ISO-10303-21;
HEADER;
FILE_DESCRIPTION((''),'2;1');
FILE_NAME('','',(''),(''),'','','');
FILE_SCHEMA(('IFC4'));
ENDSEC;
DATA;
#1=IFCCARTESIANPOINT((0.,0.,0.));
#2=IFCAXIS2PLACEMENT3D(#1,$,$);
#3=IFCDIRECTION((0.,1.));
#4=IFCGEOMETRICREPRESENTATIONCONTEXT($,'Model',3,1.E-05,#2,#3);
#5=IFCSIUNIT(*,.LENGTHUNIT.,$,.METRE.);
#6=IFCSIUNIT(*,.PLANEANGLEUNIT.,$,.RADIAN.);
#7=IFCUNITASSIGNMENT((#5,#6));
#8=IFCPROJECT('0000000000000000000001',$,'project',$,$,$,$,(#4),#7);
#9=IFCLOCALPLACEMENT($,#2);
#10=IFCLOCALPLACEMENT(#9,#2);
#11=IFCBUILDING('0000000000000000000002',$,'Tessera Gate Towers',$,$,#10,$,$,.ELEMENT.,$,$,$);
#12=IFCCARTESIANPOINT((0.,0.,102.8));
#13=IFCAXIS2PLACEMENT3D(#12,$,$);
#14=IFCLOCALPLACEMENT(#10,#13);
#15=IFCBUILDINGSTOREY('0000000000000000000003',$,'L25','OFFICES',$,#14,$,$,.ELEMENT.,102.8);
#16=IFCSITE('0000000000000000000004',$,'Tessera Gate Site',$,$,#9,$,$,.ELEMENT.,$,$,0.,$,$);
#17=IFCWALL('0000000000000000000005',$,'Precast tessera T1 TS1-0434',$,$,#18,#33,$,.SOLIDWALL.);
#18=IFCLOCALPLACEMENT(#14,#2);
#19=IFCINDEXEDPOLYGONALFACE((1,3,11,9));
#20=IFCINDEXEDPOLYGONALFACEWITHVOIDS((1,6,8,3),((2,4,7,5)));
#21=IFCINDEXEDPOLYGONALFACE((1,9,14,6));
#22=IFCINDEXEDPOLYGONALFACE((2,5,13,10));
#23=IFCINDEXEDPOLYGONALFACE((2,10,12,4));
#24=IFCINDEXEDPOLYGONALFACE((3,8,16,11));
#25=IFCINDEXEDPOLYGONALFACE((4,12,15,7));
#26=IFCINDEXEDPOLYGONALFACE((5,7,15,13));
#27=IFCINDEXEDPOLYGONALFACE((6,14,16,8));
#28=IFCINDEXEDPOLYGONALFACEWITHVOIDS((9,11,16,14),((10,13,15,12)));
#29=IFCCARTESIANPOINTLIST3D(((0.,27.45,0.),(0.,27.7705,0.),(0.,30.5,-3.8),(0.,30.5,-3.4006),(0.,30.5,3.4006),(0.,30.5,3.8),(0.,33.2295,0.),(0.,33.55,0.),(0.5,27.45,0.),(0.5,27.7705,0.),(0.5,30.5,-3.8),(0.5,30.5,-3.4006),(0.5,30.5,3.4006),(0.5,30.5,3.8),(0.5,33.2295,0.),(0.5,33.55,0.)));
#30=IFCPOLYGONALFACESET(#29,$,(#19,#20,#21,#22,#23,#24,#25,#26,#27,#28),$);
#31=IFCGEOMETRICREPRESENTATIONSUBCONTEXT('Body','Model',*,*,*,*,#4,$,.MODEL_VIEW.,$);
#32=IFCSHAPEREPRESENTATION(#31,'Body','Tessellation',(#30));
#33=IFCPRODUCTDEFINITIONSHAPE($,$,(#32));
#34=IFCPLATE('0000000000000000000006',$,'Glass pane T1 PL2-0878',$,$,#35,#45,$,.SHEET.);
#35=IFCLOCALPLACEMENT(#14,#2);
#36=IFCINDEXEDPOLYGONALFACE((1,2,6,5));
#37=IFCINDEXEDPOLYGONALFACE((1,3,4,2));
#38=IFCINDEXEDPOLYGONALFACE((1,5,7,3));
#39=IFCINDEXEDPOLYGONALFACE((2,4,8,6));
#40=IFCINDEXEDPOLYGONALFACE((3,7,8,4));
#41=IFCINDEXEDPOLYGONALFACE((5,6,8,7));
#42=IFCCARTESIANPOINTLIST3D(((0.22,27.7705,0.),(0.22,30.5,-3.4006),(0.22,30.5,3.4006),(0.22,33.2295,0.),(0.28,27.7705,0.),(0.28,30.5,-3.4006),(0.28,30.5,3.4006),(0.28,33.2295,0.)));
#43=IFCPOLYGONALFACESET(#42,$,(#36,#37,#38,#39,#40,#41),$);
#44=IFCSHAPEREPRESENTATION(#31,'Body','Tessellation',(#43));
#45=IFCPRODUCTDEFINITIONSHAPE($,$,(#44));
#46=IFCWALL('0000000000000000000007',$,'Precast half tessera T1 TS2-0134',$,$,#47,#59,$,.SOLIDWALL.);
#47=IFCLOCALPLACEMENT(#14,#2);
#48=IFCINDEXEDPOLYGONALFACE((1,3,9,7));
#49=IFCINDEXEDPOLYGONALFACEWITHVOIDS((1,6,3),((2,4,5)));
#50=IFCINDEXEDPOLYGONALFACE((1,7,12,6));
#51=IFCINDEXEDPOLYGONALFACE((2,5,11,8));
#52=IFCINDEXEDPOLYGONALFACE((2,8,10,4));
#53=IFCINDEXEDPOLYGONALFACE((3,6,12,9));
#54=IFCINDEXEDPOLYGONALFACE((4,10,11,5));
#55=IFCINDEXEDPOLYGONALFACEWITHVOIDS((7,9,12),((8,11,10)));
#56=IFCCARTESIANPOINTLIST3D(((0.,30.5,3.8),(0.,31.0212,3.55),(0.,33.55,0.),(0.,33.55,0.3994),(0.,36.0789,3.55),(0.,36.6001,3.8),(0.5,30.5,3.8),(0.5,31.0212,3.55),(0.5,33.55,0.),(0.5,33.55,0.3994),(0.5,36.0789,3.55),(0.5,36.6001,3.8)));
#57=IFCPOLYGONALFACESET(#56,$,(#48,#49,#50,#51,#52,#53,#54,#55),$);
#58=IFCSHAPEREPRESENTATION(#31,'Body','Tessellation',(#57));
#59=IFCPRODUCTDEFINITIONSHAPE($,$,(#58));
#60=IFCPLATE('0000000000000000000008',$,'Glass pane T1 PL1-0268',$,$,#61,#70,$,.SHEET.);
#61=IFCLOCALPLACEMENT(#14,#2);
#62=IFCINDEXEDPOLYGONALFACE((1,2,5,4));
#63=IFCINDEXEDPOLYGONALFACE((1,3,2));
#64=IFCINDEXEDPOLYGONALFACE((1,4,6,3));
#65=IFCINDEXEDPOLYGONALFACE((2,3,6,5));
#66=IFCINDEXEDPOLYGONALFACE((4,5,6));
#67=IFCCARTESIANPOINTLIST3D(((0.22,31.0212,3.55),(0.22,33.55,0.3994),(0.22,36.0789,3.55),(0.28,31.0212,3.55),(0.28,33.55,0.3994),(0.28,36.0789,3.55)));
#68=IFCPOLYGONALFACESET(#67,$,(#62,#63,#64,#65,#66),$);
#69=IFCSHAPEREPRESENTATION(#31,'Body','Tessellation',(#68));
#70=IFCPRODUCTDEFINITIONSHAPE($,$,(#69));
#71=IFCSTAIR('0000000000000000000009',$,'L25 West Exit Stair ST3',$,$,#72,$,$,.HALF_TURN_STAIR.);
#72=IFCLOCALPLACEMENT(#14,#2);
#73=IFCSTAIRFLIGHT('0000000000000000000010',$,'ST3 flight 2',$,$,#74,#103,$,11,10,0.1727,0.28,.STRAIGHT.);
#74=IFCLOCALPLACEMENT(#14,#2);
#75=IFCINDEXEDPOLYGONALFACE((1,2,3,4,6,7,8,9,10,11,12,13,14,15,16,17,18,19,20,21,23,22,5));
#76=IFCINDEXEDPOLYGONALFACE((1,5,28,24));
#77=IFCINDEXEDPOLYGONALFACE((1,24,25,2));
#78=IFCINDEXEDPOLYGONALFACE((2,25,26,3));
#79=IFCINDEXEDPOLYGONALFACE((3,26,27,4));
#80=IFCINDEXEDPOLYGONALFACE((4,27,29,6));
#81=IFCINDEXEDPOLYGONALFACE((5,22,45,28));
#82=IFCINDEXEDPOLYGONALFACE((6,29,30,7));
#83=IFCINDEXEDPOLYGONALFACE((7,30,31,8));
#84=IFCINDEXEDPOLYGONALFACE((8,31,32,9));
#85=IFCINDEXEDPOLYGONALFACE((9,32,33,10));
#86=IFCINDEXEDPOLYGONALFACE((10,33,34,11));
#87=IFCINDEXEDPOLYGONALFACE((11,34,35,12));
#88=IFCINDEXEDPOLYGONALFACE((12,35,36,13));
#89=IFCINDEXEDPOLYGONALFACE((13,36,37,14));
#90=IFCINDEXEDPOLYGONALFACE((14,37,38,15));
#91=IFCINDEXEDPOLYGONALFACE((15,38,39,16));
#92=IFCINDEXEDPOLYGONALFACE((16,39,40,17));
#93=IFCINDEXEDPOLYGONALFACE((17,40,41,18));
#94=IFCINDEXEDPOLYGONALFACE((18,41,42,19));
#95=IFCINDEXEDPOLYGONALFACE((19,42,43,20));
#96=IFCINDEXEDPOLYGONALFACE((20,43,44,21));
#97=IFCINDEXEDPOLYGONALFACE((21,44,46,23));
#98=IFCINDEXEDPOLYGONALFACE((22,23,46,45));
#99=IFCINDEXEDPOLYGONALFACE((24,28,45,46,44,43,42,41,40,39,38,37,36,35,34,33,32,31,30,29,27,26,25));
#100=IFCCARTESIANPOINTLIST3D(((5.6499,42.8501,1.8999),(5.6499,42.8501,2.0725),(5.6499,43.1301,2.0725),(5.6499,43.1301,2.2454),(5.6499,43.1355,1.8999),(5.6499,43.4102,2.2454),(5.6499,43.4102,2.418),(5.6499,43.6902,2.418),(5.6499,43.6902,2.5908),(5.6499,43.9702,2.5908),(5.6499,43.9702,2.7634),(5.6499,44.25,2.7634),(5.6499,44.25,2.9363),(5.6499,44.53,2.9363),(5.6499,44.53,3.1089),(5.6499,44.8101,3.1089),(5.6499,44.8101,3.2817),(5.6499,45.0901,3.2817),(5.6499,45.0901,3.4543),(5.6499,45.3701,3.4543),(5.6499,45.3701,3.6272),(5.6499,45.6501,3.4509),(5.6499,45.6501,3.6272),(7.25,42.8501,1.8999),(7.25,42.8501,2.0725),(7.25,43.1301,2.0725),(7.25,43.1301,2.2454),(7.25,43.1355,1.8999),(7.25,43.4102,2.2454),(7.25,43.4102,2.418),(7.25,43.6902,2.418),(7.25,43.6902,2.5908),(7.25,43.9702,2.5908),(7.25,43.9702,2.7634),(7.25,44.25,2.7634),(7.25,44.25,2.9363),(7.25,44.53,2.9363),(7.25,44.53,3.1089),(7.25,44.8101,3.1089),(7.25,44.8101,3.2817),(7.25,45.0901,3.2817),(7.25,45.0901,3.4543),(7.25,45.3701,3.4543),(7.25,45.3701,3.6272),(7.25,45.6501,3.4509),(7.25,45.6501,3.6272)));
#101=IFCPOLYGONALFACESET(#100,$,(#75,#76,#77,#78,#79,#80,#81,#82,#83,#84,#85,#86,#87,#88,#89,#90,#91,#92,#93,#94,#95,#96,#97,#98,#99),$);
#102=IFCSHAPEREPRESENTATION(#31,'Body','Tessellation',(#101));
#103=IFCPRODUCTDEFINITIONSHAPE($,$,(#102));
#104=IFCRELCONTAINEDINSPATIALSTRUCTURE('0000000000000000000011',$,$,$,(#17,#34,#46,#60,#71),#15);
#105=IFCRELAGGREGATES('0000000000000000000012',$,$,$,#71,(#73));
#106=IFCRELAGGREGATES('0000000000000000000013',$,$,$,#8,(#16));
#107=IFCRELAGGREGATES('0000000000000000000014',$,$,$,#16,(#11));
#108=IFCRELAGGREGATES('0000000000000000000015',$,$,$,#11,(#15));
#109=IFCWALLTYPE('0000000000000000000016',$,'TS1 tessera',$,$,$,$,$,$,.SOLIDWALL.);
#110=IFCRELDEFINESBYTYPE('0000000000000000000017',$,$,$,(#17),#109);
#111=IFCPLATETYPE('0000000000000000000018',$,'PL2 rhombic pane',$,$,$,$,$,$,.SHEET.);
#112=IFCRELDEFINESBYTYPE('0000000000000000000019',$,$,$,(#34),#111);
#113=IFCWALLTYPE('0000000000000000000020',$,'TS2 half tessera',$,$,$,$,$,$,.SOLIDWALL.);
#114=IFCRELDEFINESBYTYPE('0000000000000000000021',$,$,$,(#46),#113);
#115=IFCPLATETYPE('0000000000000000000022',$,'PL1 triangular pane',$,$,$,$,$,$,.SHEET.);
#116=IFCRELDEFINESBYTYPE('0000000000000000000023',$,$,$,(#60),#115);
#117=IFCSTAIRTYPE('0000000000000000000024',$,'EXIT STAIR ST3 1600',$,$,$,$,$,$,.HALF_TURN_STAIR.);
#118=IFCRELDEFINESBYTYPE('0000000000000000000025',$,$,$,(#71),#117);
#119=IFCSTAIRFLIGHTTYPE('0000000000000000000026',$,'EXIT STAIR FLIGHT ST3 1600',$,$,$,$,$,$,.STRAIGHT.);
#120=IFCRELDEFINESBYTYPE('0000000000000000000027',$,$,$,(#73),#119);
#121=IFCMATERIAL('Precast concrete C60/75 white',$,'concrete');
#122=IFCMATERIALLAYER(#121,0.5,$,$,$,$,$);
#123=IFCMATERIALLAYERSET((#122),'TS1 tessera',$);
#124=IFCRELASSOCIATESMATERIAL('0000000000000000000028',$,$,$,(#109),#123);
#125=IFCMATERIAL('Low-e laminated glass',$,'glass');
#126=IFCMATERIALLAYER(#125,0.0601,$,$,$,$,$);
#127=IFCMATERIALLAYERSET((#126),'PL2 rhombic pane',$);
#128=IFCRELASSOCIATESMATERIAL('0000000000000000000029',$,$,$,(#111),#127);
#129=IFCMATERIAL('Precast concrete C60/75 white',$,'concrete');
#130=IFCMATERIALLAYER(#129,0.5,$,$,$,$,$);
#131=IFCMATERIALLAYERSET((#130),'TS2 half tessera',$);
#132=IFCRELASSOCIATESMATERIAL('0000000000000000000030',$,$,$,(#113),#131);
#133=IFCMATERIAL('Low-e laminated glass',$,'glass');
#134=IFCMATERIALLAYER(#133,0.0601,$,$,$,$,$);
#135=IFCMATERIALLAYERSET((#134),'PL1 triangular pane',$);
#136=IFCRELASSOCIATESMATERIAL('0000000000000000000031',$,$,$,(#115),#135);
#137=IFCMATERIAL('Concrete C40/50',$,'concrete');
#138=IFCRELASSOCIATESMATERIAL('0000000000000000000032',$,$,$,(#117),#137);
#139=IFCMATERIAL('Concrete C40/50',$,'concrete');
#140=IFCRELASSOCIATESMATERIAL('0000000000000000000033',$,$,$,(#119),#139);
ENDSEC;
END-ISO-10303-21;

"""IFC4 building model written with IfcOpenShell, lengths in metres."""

from ifc_helpers import new_model, si_unit, direction, frame, origin, place, context, subcontext, project, spatial, polyline, outline, extrude, source, transform, mapped, material, layer, layer_set, type_object, element, fill, aggregate, save


model = new_model("IFC4")

# Units and contexts
model_context = context("Model", 3, precision=1e-05, world=origin(), true_north=direction((0.0, 1.0)))
body_context = subcontext(model_context, "Body", "Model", "MODEL_VIEW")
ifc_project = project(units=[si_unit("LENGTHUNIT", "METRE"), si_unit("PLANEANGLEUNIT", "RADIAN")], contexts=[model_context])

# Site, building, storey
site_placement = place(None, origin())
site = spatial("IfcSite", under=ifc_project, at=site_placement, Name="Tessera Gate Site", CompositionType="ELEMENT", RefElevation=0.0)
building_placement = place(site_placement, origin())
building = spatial("IfcBuilding", under=site, at=building_placement, Name="Tessera Gate Towers", CompositionType="ELEMENT")
storey_placement = place(building_placement, frame((0.0, 0.0, 102.8)))
storey = spatial("IfcBuildingStorey", under=building, at=storey_placement, Name="L25", Description="OFFICES", CompositionType="ELEMENT", Elevation=102.8)

# Walls, openings, plates
ifc_material_1 = material(Name="Precast concrete C60/75 white", Category="concrete")
ifc_layer_1 = layer(ifc_material_1, 0.5)
ifc_layer_set_1 = layer_set([ifc_layer_1], Name="TS1 tessera")
wall_type_1 = type_object("IfcWallType", Name="TS1 tessera", PredefinedType="SOLIDWALL", material=ifc_layer_set_1)
shared_shape_1 = source(origin(), body_context, "Body", "SweptSolid", [
    extrude(outline(polyline([(3.05, 0.0), (6.1001, 3.8), (3.05, 7.6001), (0.0, 3.8), (3.05, 0.0)])), frame((0.0, 0.25, 0.0), z_axis=(0.0, -1.0, 0.0), x_axis=(1.0, 0.0, 0.0)), (0.0, 0.0, 1.0), 0.5),
])
wall_1_placement = place(storey_placement, frame((0.25, 33.55, -3.8), z_axis=(0.0, 0.0, 1.0), x_axis=(0.0, -1.0, 0.0)))
wall_1 = element("IfcWall", 1, at=wall_1_placement, inside=storey, type_object=wall_type_1, Name="Precast tessera T1 TS1-0434", PredefinedType="SOLIDWALL", context=body_context, shape_type="MappedRepresentation", body=[
    mapped(shared_shape_1, transform((0.0, 0.0, 0.0), scale=1.0)),
])
shared_shape_2 = source(origin(), body_context, "Body", "SweptSolid", [
    extrude(outline(polyline([(3.05, 0.3994), (5.7795, 3.8), (3.05, 7.2007), (0.3206, 3.8), (3.05, 0.3994)])), frame((0.0, 0.26, 0.0), z_axis=(0.0, -1.0, 0.0), x_axis=(1.0, 0.0, 0.0)), (0.0, 0.0, 1.0), 0.52),
])
opening_1_placement = place(wall_1_placement, origin())
opening_1 = element("IfcOpeningElement", 2, at=opening_1_placement, cuts=wall_1, PredefinedType="OPENING", context=body_context, shape_type="MappedRepresentation", body=[
    mapped(shared_shape_2, transform((0.0, 0.0, 0.0), scale=1.0)),
])
ifc_material_2 = material(Name="Low-e laminated glass", Category="glass")
ifc_layer_2 = layer(ifc_material_2, 0.0601)
ifc_layer_set_2 = layer_set([ifc_layer_2], Name="PL2 rhombic pane")
plate_type_1 = type_object("IfcPlateType", Name="PL2 rhombic pane", PredefinedType="SHEET", material=ifc_layer_set_2)
shared_shape_3 = source(origin(), body_context, "Body", "SweptSolid", [
    extrude(outline(polyline([(3.05, 0.3994), (5.7795, 3.8), (3.05, 7.2007), (0.3206, 3.8), (3.05, 0.3994)])), frame((0.0, 0.03, 0.0), z_axis=(0.0, -1.0, 0.0), x_axis=(1.0, 0.0, 0.0)), (0.0, 0.0, 1.0), 0.0601),
])
plate_1_placement = place(opening_1_placement, origin())
plate_1 = element("IfcPlate", 3, at=plate_1_placement, inside=storey, type_object=plate_type_1, Name="Glass pane T1 PL2-0878", PredefinedType="SHEET", context=body_context, shape_type="MappedRepresentation", body=[
    mapped(shared_shape_3, transform((0.0, 0.0, 0.0), scale=1.0)),
])
fill(opening_1, plate_1)
ifc_material_3 = material(Name="Precast concrete C60/75 white", Category="concrete")
ifc_layer_3 = layer(ifc_material_3, 0.5)
ifc_layer_set_3 = layer_set([ifc_layer_3], Name="TS2 half tessera")
wall_type_2 = type_object("IfcWallType", Name="TS2 half tessera", PredefinedType="SOLIDWALL", material=ifc_layer_set_3)
shared_shape_4 = source(origin(), body_context, "Body", "SweptSolid", [
    extrude(outline(polyline([(3.05, 0.0), (6.1001, 3.8), (0.0, 3.8), (3.05, 0.0)])), frame((0.0, 0.25, 0.0), z_axis=(0.0, -1.0, 0.0), x_axis=(1.0, 0.0, 0.0)), (0.0, 0.0, 1.0), 0.5),
])
wall_2_placement = place(storey_placement, frame((0.25, 36.6001, 0.0), z_axis=(0.0, 0.0, 1.0), x_axis=(0.0, -1.0, 0.0)))
wall_2 = element("IfcWall", 4, at=wall_2_placement, inside=storey, type_object=wall_type_2, Name="Precast half tessera T1 TS2-0134", PredefinedType="SOLIDWALL", context=body_context, shape_type="MappedRepresentation", body=[
    mapped(shared_shape_4, transform((0.0, 0.0, 0.0), scale=1.0)),
])
shared_shape_5 = source(origin(), body_context, "Body", "SweptSolid", [
    extrude(outline(polyline([(3.05, 0.3994), (5.5789, 3.55), (0.5212, 3.55), (3.05, 0.3994)])), frame((0.0, 0.26, 0.0), z_axis=(0.0, -1.0, 0.0), x_axis=(1.0, 0.0, 0.0)), (0.0, 0.0, 1.0), 0.52),
])
opening_2_placement = place(wall_2_placement, origin())
opening_2 = element("IfcOpeningElement", 5, at=opening_2_placement, cuts=wall_2, PredefinedType="OPENING", context=body_context, shape_type="MappedRepresentation", body=[
    mapped(shared_shape_5, transform((0.0, 0.0, 0.0), scale=1.0)),
])
ifc_material_4 = material(Name="Low-e laminated glass", Category="glass")
ifc_layer_4 = layer(ifc_material_4, 0.0601)
ifc_layer_set_4 = layer_set([ifc_layer_4], Name="PL1 triangular pane")
plate_type_2 = type_object("IfcPlateType", Name="PL1 triangular pane", PredefinedType="SHEET", material=ifc_layer_set_4)
shared_shape_6 = source(origin(), body_context, "Body", "SweptSolid", [
    extrude(outline(polyline([(3.05, 0.3994), (5.5789, 3.55), (0.5212, 3.55), (3.05, 0.3994)])), frame((0.0, 0.03, 0.0), z_axis=(0.0, -1.0, 0.0), x_axis=(1.0, 0.0, 0.0)), (0.0, 0.0, 1.0), 0.0601),
])
plate_2_placement = place(opening_2_placement, origin())
plate_2 = element("IfcPlate", 6, at=plate_2_placement, inside=storey, type_object=plate_type_2, Name="Glass pane T1 PL1-0268", PredefinedType="SHEET", context=body_context, shape_type="MappedRepresentation", body=[
    mapped(shared_shape_6, transform((0.0, 0.0, 0.0), scale=1.0)),
])
fill(opening_2, plate_2)

# Stair, stair flight
ifc_material_5 = material(Name="Concrete C40/50", Category="concrete")
stair_type = type_object("IfcStairType", Name="EXIT STAIR ST3 1600", PredefinedType="HALF_TURN_STAIR", material=ifc_material_5)
stair_placement = place(storey_placement, origin())
stair = element("IfcStair", 7, at=stair_placement, inside=storey, type_object=stair_type, Name="L25 West Exit Stair ST3", PredefinedType="HALF_TURN_STAIR")
ifc_material_6 = material(Name="Concrete C40/50", Category="concrete")
stair_flight_type = type_object("IfcStairFlightType", Name="EXIT STAIR FLIGHT ST3 1600", PredefinedType="STRAIGHT", material=ifc_material_6)
stair_flight_placement = place(storey_placement, frame((6.45, 42.8501, 1.8999), z_axis=(0.0, 0.0, 1.0), x_axis=(0.0, 1.0, 0.0)))
stair_flight = element("IfcStairFlight", 8, at=stair_flight_placement, type_object=stair_flight_type, Name="ST3 flight 2", NumberOfRisers=11, NumberOfTreads=10, PredefinedType="STRAIGHT", RiserHeight=0.1727, TreadLength=0.28, context=body_context, shape_type="SweptSolid", body=[
    extrude(outline(polyline([(0.0, 0.0), (0.0, 0.1726), (0.28, 0.1726), (0.28, 0.3455), (0.5601, 0.3455), (0.5601, 0.5181), (0.8401, 0.5181), (0.8401, 0.6909), (1.1201, 0.6909), (1.1201, 0.8635), (1.3999, 0.8635), (1.3999, 1.0364), (1.6799, 1.0364), (1.6799, 1.209), (1.96, 1.209), (1.96, 1.3818), (2.24, 1.3818), (2.24, 1.5544), (2.52, 1.5544), (2.52, 1.7273), (2.8, 1.7273), (2.8, 1.8999), (2.8, 1.551), (0.2854, 0.0), (0.0, 0.0)])), frame((0.0, 0.8, 0.0), z_axis=(0.0, -1.0, 0.0), x_axis=(1.0, 0.0, 0.0)), (0.0, 0.0, 1.0), 1.6001),
])
aggregate(stair, [stair_flight])

save(model, "model.ifc")
